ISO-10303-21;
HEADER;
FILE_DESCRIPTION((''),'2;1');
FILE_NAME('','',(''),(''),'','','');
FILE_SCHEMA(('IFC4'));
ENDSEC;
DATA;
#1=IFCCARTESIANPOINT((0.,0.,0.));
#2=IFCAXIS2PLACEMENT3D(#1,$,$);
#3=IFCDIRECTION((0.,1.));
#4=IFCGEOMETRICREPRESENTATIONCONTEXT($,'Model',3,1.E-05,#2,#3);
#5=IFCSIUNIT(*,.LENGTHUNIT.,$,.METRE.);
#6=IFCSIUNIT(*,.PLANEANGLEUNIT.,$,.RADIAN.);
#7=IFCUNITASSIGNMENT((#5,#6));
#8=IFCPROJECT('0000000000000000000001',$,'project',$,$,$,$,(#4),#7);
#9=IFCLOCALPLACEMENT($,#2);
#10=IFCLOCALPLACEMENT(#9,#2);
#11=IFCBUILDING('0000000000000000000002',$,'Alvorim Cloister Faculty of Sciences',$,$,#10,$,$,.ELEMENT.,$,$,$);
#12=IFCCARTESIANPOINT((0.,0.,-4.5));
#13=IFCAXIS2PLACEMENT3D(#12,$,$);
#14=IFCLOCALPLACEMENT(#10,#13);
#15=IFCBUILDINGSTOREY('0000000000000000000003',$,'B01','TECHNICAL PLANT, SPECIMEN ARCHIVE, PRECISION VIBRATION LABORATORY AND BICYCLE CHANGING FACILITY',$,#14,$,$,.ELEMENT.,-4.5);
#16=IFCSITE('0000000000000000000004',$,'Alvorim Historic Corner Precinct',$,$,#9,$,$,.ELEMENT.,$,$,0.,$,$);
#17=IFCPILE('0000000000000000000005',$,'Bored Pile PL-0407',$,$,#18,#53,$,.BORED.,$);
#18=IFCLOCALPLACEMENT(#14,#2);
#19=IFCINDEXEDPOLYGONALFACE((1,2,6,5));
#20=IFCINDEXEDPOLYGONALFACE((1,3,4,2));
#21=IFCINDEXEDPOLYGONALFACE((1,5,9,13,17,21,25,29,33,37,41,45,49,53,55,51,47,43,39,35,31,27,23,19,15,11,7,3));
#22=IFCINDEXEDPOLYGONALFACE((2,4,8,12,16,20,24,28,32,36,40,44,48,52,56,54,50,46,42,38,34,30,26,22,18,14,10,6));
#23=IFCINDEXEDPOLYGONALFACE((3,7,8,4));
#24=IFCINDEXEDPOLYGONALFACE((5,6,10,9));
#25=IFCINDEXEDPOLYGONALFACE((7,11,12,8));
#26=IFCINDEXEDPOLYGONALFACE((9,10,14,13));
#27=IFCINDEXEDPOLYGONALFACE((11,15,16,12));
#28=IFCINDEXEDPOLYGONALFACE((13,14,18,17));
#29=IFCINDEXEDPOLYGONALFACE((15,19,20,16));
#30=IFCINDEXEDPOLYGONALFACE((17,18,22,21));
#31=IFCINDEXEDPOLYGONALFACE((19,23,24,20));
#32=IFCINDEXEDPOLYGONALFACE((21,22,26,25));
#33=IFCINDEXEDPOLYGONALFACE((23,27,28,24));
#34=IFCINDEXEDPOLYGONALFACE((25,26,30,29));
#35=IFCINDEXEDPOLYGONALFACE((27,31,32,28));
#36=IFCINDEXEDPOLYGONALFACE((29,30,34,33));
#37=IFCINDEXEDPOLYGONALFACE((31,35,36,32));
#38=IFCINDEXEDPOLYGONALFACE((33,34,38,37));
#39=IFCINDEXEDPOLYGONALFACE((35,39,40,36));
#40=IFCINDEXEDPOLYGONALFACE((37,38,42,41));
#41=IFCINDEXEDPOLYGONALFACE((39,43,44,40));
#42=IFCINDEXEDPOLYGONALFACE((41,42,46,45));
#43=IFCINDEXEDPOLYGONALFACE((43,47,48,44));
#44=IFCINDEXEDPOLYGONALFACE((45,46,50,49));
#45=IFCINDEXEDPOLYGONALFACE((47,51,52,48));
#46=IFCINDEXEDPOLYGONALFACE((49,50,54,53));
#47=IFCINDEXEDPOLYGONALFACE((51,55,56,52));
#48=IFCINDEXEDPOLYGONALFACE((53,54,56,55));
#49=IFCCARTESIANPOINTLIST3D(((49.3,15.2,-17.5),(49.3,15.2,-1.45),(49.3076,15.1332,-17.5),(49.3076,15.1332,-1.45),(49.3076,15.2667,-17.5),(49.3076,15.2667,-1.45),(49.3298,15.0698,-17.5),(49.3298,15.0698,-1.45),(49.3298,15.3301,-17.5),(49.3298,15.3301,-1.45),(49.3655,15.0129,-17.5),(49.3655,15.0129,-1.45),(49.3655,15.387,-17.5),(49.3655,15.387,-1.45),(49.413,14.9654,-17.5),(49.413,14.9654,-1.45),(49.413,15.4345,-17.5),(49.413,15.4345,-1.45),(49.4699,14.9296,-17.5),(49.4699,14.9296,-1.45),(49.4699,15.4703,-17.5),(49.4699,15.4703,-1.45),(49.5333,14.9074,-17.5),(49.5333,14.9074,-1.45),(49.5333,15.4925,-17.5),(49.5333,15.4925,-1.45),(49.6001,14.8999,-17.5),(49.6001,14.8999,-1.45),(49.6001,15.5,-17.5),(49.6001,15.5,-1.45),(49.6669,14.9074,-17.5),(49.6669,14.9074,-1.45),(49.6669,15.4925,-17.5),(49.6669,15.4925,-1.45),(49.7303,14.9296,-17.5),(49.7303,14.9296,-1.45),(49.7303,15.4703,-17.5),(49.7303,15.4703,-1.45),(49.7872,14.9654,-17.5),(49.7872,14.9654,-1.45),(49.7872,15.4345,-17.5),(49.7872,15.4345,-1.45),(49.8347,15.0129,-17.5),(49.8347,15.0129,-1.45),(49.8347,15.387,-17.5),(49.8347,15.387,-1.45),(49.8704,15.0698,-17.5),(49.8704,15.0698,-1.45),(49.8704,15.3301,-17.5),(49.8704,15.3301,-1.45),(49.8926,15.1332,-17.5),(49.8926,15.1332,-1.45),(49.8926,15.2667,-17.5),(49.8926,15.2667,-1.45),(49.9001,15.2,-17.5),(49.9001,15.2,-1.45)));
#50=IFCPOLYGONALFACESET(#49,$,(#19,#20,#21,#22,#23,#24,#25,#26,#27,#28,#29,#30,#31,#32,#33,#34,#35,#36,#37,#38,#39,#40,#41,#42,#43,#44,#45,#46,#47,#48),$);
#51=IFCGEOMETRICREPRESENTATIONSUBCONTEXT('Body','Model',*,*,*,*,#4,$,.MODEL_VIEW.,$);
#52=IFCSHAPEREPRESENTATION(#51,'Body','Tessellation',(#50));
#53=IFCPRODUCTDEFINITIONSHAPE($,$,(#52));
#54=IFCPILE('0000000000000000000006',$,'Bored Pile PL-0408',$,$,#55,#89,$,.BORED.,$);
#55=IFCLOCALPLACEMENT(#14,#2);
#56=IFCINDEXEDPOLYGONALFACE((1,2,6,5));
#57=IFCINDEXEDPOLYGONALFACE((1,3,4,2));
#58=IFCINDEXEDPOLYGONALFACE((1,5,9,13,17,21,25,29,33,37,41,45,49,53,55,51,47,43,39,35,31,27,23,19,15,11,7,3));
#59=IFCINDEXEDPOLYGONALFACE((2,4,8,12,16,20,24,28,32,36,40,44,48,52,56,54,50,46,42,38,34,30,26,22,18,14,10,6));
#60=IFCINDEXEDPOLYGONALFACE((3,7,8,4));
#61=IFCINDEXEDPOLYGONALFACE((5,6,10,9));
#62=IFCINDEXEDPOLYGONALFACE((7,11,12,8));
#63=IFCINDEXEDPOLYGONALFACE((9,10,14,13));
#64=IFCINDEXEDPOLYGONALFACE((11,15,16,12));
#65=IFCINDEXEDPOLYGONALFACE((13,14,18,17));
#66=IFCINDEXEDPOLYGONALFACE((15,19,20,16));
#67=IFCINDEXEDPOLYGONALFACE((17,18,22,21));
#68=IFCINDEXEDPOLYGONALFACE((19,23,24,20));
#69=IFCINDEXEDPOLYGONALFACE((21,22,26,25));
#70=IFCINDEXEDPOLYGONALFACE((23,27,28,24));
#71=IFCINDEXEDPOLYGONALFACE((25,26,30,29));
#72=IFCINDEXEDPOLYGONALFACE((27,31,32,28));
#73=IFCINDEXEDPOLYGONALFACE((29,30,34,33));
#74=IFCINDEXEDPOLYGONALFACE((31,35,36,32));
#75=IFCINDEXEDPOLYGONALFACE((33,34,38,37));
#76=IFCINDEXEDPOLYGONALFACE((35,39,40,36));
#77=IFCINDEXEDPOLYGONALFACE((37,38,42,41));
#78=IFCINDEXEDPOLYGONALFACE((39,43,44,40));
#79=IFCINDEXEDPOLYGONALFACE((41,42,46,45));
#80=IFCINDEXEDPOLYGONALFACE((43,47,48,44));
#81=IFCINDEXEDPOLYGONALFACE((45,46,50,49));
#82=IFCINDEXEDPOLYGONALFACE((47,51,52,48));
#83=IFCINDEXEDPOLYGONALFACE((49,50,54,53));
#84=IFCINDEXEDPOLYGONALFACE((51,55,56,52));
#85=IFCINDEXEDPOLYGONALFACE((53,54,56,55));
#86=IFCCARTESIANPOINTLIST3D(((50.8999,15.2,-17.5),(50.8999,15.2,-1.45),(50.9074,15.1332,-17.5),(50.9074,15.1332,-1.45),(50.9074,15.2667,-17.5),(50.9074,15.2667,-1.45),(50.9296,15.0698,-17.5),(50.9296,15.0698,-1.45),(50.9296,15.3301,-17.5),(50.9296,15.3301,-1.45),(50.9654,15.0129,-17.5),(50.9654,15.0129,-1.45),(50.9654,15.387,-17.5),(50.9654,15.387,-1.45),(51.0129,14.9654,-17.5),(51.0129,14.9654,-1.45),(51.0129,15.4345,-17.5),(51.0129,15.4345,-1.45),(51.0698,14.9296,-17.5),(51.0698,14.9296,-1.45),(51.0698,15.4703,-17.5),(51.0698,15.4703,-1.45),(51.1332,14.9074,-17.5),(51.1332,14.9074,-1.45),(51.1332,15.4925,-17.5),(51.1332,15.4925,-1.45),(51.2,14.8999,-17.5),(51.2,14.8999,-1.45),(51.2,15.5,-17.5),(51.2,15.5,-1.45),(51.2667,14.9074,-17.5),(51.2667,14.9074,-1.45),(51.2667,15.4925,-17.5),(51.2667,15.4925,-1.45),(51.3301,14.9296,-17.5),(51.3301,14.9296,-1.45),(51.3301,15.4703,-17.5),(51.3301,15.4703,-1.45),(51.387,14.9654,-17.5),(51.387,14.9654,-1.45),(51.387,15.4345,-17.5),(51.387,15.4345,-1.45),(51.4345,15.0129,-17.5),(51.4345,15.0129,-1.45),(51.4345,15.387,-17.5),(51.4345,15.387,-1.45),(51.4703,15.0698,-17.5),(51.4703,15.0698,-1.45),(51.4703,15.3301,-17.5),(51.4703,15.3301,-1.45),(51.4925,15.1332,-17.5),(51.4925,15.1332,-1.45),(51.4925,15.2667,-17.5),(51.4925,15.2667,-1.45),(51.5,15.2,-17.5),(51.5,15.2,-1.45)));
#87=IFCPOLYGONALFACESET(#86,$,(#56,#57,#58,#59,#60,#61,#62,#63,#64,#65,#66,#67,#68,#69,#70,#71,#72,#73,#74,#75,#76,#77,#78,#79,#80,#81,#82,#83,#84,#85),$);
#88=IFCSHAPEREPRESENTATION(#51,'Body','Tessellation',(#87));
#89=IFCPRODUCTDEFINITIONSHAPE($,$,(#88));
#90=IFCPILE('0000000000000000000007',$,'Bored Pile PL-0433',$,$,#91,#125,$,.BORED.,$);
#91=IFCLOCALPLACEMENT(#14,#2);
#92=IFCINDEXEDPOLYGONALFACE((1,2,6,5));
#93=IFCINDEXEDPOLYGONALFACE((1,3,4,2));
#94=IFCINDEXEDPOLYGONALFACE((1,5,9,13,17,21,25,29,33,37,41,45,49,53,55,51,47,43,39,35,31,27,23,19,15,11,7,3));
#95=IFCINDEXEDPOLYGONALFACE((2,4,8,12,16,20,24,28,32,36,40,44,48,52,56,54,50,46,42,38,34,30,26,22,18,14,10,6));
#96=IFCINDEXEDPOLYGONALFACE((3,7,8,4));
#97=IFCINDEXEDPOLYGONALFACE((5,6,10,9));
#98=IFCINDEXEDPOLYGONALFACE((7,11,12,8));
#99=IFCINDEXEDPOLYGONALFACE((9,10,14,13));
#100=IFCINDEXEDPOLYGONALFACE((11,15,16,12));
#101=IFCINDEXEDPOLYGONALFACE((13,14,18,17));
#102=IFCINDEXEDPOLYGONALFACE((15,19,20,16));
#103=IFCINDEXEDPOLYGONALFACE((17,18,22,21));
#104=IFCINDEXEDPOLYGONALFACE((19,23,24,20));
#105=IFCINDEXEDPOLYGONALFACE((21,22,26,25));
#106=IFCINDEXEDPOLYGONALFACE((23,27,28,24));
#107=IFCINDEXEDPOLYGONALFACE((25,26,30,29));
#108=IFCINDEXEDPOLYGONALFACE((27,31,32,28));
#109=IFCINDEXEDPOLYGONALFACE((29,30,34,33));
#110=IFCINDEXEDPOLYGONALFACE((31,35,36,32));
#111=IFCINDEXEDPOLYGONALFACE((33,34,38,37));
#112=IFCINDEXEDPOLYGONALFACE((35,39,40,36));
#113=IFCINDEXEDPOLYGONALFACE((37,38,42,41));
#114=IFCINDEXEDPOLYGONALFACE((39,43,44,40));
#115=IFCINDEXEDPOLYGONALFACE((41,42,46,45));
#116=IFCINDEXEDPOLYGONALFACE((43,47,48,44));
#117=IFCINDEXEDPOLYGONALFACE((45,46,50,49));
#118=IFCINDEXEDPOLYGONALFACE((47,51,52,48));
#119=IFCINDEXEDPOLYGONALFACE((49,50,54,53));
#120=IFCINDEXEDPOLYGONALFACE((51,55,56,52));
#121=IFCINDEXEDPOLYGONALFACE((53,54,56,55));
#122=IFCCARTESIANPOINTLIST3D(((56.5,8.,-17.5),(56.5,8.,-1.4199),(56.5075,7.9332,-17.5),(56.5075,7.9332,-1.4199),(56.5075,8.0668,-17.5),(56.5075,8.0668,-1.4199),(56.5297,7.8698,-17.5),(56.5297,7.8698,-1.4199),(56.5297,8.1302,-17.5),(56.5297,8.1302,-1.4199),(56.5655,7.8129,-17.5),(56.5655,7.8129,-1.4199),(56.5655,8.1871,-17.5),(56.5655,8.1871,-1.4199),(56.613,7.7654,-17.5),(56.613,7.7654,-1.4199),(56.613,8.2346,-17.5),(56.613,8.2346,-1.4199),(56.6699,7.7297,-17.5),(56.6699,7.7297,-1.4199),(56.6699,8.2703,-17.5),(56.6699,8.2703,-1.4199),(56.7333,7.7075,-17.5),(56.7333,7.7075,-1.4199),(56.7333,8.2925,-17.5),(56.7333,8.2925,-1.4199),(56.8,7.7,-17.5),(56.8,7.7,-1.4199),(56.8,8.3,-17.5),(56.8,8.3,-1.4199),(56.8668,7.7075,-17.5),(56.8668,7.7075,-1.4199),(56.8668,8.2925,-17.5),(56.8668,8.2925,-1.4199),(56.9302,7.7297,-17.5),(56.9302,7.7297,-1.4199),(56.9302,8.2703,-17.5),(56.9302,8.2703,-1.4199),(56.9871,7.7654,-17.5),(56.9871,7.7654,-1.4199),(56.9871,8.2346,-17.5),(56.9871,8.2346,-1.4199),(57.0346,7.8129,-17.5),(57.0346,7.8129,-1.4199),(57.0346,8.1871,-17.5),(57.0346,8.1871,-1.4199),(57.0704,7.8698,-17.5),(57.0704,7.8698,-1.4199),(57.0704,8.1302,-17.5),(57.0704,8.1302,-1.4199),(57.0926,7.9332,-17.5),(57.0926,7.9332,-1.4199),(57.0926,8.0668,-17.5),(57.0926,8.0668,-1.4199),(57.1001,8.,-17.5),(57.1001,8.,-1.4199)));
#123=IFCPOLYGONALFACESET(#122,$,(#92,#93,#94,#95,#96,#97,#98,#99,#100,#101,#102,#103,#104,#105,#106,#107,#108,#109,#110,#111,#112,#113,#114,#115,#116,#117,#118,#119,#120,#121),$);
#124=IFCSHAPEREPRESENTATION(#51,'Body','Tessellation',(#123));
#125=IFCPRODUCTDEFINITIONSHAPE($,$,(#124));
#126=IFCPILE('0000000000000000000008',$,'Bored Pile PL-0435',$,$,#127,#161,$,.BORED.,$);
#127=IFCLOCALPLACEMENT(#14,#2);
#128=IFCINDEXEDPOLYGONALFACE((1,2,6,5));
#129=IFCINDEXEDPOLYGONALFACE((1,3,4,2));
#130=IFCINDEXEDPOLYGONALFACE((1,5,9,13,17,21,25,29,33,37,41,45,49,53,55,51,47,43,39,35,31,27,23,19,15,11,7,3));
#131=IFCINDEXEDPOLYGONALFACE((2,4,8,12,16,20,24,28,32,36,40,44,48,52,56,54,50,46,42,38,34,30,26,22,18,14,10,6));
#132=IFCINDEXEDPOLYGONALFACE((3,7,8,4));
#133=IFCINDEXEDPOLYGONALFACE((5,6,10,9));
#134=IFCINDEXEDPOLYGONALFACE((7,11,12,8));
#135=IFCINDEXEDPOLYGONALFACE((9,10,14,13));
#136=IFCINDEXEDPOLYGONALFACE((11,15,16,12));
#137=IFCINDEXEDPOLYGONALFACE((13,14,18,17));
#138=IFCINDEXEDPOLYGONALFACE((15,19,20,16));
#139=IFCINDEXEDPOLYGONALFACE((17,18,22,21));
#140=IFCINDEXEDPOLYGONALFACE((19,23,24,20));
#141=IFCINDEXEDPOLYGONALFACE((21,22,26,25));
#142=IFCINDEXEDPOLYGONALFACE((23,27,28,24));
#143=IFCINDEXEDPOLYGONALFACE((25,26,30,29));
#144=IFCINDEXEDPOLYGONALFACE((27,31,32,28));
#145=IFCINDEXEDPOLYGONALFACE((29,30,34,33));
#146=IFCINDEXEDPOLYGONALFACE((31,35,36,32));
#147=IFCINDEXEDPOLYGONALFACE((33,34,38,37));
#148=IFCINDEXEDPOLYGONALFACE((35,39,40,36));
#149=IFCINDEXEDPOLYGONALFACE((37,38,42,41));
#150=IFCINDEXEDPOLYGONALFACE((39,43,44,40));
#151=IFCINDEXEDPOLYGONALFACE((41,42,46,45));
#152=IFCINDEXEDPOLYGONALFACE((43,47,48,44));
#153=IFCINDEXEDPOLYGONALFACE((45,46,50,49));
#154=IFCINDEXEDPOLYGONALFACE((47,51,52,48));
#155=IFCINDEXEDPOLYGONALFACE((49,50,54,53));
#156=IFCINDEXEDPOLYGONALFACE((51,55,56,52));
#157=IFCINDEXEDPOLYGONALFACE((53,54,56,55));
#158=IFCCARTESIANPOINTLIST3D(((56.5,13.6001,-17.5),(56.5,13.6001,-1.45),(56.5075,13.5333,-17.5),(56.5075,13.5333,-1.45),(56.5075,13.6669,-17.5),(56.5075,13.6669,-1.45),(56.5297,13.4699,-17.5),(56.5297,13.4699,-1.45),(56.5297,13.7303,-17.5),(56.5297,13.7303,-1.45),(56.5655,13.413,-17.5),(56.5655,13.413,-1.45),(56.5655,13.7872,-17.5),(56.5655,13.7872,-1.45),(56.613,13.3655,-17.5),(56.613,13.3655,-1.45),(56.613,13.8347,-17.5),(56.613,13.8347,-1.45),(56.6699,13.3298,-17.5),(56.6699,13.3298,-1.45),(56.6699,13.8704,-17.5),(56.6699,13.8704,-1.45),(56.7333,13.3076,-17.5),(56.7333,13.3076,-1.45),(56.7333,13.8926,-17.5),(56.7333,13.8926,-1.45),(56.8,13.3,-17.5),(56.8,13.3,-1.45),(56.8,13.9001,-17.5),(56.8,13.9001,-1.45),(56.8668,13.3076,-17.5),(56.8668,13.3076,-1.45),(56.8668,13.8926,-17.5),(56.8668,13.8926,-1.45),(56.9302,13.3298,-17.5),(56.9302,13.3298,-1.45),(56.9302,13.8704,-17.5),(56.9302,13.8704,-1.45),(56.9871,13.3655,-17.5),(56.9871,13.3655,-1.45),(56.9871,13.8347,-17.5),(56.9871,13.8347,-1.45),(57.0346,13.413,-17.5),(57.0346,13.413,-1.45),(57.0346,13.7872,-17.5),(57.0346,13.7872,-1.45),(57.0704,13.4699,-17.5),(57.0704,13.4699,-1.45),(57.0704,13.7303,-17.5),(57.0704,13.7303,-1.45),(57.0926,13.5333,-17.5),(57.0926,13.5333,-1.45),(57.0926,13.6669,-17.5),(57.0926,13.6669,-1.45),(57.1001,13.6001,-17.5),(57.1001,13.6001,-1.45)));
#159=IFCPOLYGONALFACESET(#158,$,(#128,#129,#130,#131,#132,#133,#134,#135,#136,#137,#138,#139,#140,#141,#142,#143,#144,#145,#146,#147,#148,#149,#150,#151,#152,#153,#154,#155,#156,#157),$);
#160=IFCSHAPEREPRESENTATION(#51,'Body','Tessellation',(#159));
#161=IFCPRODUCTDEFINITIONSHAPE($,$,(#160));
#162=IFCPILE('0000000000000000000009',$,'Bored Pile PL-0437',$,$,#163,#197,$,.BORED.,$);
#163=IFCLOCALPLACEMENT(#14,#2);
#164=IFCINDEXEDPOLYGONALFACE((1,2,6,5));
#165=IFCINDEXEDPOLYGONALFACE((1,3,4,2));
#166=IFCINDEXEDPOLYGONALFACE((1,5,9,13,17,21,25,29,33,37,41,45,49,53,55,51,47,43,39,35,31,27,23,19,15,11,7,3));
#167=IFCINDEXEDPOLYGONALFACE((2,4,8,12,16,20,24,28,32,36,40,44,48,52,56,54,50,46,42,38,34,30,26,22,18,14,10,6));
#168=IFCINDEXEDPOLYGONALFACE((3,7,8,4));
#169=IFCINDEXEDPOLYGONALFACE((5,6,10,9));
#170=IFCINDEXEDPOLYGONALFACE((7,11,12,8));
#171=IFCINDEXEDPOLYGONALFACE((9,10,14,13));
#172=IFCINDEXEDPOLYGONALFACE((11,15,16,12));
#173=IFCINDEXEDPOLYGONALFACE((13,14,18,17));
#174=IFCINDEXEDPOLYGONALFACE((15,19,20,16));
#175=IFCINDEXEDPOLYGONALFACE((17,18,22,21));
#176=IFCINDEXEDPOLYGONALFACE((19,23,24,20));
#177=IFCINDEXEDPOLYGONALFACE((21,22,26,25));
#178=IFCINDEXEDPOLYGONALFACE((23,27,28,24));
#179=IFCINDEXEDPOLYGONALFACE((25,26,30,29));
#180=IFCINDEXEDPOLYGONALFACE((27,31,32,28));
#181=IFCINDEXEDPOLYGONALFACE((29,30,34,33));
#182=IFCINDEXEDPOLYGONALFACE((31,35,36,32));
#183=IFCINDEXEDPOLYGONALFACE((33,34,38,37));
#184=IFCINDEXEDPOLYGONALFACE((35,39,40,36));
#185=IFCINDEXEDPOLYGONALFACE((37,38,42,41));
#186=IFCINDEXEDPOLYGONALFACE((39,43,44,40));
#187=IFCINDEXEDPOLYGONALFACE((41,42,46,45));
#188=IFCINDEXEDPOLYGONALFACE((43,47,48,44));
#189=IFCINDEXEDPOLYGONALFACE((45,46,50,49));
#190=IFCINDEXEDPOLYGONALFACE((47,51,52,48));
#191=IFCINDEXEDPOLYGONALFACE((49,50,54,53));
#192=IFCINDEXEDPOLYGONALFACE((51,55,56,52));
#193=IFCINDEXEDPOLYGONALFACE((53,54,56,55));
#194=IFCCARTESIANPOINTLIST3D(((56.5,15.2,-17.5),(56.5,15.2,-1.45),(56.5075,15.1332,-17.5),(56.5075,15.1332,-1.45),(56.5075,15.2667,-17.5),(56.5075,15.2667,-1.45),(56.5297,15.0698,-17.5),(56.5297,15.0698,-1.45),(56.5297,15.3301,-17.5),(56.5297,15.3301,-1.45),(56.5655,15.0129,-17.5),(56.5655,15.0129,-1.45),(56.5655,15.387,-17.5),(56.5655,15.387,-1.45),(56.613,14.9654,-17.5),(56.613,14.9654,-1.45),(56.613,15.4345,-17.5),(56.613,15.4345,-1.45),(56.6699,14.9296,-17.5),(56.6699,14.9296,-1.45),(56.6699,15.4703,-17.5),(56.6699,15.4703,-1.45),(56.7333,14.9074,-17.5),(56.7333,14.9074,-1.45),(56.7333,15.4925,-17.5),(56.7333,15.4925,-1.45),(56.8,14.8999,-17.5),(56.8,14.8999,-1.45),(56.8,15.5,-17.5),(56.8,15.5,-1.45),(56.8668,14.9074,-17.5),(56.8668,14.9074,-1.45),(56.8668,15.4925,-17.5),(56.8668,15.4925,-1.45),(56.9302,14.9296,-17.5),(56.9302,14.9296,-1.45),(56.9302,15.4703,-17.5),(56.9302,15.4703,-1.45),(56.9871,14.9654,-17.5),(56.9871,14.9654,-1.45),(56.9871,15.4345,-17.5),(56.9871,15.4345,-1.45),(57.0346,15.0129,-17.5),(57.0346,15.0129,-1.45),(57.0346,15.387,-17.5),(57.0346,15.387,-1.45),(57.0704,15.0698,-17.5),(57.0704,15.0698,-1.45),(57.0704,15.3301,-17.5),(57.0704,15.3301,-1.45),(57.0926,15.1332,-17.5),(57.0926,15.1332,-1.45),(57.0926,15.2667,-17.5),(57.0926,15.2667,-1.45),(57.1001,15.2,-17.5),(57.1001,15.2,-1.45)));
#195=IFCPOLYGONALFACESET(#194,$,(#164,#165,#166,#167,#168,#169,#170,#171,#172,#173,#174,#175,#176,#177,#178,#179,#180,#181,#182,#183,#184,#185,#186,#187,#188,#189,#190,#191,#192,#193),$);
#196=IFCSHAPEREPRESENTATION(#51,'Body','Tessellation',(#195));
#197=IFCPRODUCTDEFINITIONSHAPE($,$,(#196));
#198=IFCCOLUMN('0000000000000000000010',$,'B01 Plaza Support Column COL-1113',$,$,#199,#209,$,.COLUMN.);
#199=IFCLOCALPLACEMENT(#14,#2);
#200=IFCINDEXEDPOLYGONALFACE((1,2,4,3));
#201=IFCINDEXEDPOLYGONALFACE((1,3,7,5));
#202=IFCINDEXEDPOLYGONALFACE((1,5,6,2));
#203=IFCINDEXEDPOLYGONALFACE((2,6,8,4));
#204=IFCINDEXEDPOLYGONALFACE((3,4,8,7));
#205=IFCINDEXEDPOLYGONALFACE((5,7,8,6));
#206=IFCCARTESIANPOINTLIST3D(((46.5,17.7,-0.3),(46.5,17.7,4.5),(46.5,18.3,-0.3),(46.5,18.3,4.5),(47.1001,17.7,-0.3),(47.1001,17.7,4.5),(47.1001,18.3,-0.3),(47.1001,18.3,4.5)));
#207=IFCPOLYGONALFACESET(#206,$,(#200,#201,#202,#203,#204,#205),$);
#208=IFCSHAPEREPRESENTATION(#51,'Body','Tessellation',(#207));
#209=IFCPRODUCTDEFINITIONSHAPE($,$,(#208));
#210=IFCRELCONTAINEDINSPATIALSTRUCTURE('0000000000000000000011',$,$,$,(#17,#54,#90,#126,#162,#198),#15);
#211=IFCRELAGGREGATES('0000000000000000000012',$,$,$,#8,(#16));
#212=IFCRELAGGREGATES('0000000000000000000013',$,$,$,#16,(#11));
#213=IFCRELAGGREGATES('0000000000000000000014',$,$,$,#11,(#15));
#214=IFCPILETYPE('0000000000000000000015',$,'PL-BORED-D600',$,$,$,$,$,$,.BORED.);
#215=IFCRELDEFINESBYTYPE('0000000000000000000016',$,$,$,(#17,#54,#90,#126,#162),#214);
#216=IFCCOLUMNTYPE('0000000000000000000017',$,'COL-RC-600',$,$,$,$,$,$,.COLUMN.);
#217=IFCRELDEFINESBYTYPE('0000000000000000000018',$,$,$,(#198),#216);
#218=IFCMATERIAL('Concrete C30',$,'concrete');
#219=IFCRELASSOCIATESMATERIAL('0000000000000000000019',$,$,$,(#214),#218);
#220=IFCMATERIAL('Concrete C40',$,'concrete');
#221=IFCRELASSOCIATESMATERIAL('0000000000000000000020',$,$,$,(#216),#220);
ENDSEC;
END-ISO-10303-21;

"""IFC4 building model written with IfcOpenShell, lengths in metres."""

from ifc_helpers import new_model, si_unit, direction, frame, origin, origin_2d, place, context, subcontext, project, spatial, rectangle, circle, extrude, material, material_profile, profile_set, type_object, element, save


model = new_model("IFC4")

# Units and contexts
model_context = context("Model", 3, precision=1e-05, world=origin(), true_north=direction((0.0, 1.0)))
body_context = subcontext(model_context, "Body", "Model", "MODEL_VIEW")
ifc_project = project(units=[si_unit("LENGTHUNIT", "METRE"), si_unit("PLANEANGLEUNIT", "RADIAN")], contexts=[model_context])

# Site, building, storey
site_placement = place(None, origin())
site = spatial("IfcSite", under=ifc_project, at=site_placement, Name="Alvorim Historic Corner Precinct", CompositionType="ELEMENT", RefElevation=0.0)
building_placement = place(site_placement, origin())
building = spatial("IfcBuilding", under=site, at=building_placement, Name="Alvorim Cloister Faculty of Sciences", CompositionType="ELEMENT")
storey_placement = place(building_placement, frame((0.0, 0.0, -4.5)))
storey = spatial("IfcBuildingStorey", under=building, at=storey_placement, Name="B01", Description="TECHNICAL PLANT, SPECIMEN ARCHIVE, PRECISION VIBRATION LABORATORY AND BICYCLE CHANGING FACILITY", CompositionType="ELEMENT", Elevation=-4.5)

# Shared definitions
ifc_material_1 = material(Name="Concrete C40", Category="concrete")

# Piles
ifc_material_2 = material(Name="Concrete C30", Category="concrete")
ifc_material_profile_1 = material_profile(ifc_material_2, circle(Radius=0.3, at=origin_2d()), Name="PILE-D600")
ifc_profile_set_1 = profile_set([ifc_material_profile_1], Name="Concrete C30")
pile_type = type_object("IfcPileType", Name="PL-BORED-D600", PredefinedType="BORED", material=ifc_profile_set_1)
for number, where, z_axis, x_axis, name in (
    (1, (49.6001, 15.2, -1.45), (0.0, 0.0, -1.0), (1.0, 0.0, 0.0), "Bored Pile PL-0407"),
    (2, (51.2, 15.2, -1.45), (0.0, 0.0, -1.0), (1.0, 0.0, 0.0), "Bored Pile PL-0408"),
):
    element("IfcPile", number, at=place(storey_placement, frame(where, z_axis=z_axis, x_axis=x_axis)), inside=storey, type_object=pile_type, Name=name, PredefinedType="BORED", context=body_context, shape_type="SweptSolid", body=[
        extrude(circle(Radius=0.3, at=origin_2d()), origin(), (0.0, 0.0, 1.0), 16.05),
    ])
pile_placement = place(storey_placement, frame((56.8, 8.0, -1.4199), z_axis=(0.0, 0.0, -1.0), x_axis=(1.0, 0.0, 0.0)))
element("IfcPile", 3, at=pile_placement, inside=storey, type_object=pile_type, Name="Bored Pile PL-0433", PredefinedType="BORED", context=body_context, shape_type="SweptSolid", body=[
    extrude(circle(Radius=0.3, at=origin_2d()), origin(), (0.0, 0.0, 1.0), 16.0801),
])
for number, where, z_axis, x_axis, name in (
    (4, (56.8, 13.6001, -1.45), (0.0, 0.0, -1.0), (1.0, 0.0, 0.0), "Bored Pile PL-0435"),
    (5, (56.8, 15.2, -1.45), (0.0, 0.0, -1.0), (1.0, 0.0, 0.0), "Bored Pile PL-0437"),
):
    element("IfcPile", number, at=place(storey_placement, frame(where, z_axis=z_axis, x_axis=x_axis)), inside=storey, type_object=pile_type, Name=name, PredefinedType="BORED", context=body_context, shape_type="SweptSolid", body=[
        extrude(circle(Radius=0.3, at=origin_2d()), origin(), (0.0, 0.0, 1.0), 16.05),
    ])

# Column
ifc_material_profile_2 = material_profile(ifc_material_1, rectangle(XDim=0.6001, YDim=0.6001, at=origin_2d()), Name="RC40-COL-600x600")
ifc_profile_set_2 = profile_set([ifc_material_profile_2], Name="Concrete C40")
column_type_1 = type_object("IfcColumnType", Name="COL-RC-600", PredefinedType="COLUMN", material=ifc_profile_set_2)
column_1_placement = place(storey_placement, frame((46.8, 18.0, -0.3), z_axis=(0.0, 0.0, 1.0), x_axis=(1.0, 0.0, 0.0)))
element("IfcColumn", 6, at=column_1_placement, inside=storey, type_object=column_type_1, Name="B01 Plaza Support Column COL-1113", PredefinedType="COLUMN", context=body_context, shape_type="SweptSolid", body=[
    extrude(rectangle(XDim=0.6001, YDim=0.6001, at=origin_2d()), origin(), (0.0, 0.0, 1.0), 4.8),
])

save(model, "model.ifc")
